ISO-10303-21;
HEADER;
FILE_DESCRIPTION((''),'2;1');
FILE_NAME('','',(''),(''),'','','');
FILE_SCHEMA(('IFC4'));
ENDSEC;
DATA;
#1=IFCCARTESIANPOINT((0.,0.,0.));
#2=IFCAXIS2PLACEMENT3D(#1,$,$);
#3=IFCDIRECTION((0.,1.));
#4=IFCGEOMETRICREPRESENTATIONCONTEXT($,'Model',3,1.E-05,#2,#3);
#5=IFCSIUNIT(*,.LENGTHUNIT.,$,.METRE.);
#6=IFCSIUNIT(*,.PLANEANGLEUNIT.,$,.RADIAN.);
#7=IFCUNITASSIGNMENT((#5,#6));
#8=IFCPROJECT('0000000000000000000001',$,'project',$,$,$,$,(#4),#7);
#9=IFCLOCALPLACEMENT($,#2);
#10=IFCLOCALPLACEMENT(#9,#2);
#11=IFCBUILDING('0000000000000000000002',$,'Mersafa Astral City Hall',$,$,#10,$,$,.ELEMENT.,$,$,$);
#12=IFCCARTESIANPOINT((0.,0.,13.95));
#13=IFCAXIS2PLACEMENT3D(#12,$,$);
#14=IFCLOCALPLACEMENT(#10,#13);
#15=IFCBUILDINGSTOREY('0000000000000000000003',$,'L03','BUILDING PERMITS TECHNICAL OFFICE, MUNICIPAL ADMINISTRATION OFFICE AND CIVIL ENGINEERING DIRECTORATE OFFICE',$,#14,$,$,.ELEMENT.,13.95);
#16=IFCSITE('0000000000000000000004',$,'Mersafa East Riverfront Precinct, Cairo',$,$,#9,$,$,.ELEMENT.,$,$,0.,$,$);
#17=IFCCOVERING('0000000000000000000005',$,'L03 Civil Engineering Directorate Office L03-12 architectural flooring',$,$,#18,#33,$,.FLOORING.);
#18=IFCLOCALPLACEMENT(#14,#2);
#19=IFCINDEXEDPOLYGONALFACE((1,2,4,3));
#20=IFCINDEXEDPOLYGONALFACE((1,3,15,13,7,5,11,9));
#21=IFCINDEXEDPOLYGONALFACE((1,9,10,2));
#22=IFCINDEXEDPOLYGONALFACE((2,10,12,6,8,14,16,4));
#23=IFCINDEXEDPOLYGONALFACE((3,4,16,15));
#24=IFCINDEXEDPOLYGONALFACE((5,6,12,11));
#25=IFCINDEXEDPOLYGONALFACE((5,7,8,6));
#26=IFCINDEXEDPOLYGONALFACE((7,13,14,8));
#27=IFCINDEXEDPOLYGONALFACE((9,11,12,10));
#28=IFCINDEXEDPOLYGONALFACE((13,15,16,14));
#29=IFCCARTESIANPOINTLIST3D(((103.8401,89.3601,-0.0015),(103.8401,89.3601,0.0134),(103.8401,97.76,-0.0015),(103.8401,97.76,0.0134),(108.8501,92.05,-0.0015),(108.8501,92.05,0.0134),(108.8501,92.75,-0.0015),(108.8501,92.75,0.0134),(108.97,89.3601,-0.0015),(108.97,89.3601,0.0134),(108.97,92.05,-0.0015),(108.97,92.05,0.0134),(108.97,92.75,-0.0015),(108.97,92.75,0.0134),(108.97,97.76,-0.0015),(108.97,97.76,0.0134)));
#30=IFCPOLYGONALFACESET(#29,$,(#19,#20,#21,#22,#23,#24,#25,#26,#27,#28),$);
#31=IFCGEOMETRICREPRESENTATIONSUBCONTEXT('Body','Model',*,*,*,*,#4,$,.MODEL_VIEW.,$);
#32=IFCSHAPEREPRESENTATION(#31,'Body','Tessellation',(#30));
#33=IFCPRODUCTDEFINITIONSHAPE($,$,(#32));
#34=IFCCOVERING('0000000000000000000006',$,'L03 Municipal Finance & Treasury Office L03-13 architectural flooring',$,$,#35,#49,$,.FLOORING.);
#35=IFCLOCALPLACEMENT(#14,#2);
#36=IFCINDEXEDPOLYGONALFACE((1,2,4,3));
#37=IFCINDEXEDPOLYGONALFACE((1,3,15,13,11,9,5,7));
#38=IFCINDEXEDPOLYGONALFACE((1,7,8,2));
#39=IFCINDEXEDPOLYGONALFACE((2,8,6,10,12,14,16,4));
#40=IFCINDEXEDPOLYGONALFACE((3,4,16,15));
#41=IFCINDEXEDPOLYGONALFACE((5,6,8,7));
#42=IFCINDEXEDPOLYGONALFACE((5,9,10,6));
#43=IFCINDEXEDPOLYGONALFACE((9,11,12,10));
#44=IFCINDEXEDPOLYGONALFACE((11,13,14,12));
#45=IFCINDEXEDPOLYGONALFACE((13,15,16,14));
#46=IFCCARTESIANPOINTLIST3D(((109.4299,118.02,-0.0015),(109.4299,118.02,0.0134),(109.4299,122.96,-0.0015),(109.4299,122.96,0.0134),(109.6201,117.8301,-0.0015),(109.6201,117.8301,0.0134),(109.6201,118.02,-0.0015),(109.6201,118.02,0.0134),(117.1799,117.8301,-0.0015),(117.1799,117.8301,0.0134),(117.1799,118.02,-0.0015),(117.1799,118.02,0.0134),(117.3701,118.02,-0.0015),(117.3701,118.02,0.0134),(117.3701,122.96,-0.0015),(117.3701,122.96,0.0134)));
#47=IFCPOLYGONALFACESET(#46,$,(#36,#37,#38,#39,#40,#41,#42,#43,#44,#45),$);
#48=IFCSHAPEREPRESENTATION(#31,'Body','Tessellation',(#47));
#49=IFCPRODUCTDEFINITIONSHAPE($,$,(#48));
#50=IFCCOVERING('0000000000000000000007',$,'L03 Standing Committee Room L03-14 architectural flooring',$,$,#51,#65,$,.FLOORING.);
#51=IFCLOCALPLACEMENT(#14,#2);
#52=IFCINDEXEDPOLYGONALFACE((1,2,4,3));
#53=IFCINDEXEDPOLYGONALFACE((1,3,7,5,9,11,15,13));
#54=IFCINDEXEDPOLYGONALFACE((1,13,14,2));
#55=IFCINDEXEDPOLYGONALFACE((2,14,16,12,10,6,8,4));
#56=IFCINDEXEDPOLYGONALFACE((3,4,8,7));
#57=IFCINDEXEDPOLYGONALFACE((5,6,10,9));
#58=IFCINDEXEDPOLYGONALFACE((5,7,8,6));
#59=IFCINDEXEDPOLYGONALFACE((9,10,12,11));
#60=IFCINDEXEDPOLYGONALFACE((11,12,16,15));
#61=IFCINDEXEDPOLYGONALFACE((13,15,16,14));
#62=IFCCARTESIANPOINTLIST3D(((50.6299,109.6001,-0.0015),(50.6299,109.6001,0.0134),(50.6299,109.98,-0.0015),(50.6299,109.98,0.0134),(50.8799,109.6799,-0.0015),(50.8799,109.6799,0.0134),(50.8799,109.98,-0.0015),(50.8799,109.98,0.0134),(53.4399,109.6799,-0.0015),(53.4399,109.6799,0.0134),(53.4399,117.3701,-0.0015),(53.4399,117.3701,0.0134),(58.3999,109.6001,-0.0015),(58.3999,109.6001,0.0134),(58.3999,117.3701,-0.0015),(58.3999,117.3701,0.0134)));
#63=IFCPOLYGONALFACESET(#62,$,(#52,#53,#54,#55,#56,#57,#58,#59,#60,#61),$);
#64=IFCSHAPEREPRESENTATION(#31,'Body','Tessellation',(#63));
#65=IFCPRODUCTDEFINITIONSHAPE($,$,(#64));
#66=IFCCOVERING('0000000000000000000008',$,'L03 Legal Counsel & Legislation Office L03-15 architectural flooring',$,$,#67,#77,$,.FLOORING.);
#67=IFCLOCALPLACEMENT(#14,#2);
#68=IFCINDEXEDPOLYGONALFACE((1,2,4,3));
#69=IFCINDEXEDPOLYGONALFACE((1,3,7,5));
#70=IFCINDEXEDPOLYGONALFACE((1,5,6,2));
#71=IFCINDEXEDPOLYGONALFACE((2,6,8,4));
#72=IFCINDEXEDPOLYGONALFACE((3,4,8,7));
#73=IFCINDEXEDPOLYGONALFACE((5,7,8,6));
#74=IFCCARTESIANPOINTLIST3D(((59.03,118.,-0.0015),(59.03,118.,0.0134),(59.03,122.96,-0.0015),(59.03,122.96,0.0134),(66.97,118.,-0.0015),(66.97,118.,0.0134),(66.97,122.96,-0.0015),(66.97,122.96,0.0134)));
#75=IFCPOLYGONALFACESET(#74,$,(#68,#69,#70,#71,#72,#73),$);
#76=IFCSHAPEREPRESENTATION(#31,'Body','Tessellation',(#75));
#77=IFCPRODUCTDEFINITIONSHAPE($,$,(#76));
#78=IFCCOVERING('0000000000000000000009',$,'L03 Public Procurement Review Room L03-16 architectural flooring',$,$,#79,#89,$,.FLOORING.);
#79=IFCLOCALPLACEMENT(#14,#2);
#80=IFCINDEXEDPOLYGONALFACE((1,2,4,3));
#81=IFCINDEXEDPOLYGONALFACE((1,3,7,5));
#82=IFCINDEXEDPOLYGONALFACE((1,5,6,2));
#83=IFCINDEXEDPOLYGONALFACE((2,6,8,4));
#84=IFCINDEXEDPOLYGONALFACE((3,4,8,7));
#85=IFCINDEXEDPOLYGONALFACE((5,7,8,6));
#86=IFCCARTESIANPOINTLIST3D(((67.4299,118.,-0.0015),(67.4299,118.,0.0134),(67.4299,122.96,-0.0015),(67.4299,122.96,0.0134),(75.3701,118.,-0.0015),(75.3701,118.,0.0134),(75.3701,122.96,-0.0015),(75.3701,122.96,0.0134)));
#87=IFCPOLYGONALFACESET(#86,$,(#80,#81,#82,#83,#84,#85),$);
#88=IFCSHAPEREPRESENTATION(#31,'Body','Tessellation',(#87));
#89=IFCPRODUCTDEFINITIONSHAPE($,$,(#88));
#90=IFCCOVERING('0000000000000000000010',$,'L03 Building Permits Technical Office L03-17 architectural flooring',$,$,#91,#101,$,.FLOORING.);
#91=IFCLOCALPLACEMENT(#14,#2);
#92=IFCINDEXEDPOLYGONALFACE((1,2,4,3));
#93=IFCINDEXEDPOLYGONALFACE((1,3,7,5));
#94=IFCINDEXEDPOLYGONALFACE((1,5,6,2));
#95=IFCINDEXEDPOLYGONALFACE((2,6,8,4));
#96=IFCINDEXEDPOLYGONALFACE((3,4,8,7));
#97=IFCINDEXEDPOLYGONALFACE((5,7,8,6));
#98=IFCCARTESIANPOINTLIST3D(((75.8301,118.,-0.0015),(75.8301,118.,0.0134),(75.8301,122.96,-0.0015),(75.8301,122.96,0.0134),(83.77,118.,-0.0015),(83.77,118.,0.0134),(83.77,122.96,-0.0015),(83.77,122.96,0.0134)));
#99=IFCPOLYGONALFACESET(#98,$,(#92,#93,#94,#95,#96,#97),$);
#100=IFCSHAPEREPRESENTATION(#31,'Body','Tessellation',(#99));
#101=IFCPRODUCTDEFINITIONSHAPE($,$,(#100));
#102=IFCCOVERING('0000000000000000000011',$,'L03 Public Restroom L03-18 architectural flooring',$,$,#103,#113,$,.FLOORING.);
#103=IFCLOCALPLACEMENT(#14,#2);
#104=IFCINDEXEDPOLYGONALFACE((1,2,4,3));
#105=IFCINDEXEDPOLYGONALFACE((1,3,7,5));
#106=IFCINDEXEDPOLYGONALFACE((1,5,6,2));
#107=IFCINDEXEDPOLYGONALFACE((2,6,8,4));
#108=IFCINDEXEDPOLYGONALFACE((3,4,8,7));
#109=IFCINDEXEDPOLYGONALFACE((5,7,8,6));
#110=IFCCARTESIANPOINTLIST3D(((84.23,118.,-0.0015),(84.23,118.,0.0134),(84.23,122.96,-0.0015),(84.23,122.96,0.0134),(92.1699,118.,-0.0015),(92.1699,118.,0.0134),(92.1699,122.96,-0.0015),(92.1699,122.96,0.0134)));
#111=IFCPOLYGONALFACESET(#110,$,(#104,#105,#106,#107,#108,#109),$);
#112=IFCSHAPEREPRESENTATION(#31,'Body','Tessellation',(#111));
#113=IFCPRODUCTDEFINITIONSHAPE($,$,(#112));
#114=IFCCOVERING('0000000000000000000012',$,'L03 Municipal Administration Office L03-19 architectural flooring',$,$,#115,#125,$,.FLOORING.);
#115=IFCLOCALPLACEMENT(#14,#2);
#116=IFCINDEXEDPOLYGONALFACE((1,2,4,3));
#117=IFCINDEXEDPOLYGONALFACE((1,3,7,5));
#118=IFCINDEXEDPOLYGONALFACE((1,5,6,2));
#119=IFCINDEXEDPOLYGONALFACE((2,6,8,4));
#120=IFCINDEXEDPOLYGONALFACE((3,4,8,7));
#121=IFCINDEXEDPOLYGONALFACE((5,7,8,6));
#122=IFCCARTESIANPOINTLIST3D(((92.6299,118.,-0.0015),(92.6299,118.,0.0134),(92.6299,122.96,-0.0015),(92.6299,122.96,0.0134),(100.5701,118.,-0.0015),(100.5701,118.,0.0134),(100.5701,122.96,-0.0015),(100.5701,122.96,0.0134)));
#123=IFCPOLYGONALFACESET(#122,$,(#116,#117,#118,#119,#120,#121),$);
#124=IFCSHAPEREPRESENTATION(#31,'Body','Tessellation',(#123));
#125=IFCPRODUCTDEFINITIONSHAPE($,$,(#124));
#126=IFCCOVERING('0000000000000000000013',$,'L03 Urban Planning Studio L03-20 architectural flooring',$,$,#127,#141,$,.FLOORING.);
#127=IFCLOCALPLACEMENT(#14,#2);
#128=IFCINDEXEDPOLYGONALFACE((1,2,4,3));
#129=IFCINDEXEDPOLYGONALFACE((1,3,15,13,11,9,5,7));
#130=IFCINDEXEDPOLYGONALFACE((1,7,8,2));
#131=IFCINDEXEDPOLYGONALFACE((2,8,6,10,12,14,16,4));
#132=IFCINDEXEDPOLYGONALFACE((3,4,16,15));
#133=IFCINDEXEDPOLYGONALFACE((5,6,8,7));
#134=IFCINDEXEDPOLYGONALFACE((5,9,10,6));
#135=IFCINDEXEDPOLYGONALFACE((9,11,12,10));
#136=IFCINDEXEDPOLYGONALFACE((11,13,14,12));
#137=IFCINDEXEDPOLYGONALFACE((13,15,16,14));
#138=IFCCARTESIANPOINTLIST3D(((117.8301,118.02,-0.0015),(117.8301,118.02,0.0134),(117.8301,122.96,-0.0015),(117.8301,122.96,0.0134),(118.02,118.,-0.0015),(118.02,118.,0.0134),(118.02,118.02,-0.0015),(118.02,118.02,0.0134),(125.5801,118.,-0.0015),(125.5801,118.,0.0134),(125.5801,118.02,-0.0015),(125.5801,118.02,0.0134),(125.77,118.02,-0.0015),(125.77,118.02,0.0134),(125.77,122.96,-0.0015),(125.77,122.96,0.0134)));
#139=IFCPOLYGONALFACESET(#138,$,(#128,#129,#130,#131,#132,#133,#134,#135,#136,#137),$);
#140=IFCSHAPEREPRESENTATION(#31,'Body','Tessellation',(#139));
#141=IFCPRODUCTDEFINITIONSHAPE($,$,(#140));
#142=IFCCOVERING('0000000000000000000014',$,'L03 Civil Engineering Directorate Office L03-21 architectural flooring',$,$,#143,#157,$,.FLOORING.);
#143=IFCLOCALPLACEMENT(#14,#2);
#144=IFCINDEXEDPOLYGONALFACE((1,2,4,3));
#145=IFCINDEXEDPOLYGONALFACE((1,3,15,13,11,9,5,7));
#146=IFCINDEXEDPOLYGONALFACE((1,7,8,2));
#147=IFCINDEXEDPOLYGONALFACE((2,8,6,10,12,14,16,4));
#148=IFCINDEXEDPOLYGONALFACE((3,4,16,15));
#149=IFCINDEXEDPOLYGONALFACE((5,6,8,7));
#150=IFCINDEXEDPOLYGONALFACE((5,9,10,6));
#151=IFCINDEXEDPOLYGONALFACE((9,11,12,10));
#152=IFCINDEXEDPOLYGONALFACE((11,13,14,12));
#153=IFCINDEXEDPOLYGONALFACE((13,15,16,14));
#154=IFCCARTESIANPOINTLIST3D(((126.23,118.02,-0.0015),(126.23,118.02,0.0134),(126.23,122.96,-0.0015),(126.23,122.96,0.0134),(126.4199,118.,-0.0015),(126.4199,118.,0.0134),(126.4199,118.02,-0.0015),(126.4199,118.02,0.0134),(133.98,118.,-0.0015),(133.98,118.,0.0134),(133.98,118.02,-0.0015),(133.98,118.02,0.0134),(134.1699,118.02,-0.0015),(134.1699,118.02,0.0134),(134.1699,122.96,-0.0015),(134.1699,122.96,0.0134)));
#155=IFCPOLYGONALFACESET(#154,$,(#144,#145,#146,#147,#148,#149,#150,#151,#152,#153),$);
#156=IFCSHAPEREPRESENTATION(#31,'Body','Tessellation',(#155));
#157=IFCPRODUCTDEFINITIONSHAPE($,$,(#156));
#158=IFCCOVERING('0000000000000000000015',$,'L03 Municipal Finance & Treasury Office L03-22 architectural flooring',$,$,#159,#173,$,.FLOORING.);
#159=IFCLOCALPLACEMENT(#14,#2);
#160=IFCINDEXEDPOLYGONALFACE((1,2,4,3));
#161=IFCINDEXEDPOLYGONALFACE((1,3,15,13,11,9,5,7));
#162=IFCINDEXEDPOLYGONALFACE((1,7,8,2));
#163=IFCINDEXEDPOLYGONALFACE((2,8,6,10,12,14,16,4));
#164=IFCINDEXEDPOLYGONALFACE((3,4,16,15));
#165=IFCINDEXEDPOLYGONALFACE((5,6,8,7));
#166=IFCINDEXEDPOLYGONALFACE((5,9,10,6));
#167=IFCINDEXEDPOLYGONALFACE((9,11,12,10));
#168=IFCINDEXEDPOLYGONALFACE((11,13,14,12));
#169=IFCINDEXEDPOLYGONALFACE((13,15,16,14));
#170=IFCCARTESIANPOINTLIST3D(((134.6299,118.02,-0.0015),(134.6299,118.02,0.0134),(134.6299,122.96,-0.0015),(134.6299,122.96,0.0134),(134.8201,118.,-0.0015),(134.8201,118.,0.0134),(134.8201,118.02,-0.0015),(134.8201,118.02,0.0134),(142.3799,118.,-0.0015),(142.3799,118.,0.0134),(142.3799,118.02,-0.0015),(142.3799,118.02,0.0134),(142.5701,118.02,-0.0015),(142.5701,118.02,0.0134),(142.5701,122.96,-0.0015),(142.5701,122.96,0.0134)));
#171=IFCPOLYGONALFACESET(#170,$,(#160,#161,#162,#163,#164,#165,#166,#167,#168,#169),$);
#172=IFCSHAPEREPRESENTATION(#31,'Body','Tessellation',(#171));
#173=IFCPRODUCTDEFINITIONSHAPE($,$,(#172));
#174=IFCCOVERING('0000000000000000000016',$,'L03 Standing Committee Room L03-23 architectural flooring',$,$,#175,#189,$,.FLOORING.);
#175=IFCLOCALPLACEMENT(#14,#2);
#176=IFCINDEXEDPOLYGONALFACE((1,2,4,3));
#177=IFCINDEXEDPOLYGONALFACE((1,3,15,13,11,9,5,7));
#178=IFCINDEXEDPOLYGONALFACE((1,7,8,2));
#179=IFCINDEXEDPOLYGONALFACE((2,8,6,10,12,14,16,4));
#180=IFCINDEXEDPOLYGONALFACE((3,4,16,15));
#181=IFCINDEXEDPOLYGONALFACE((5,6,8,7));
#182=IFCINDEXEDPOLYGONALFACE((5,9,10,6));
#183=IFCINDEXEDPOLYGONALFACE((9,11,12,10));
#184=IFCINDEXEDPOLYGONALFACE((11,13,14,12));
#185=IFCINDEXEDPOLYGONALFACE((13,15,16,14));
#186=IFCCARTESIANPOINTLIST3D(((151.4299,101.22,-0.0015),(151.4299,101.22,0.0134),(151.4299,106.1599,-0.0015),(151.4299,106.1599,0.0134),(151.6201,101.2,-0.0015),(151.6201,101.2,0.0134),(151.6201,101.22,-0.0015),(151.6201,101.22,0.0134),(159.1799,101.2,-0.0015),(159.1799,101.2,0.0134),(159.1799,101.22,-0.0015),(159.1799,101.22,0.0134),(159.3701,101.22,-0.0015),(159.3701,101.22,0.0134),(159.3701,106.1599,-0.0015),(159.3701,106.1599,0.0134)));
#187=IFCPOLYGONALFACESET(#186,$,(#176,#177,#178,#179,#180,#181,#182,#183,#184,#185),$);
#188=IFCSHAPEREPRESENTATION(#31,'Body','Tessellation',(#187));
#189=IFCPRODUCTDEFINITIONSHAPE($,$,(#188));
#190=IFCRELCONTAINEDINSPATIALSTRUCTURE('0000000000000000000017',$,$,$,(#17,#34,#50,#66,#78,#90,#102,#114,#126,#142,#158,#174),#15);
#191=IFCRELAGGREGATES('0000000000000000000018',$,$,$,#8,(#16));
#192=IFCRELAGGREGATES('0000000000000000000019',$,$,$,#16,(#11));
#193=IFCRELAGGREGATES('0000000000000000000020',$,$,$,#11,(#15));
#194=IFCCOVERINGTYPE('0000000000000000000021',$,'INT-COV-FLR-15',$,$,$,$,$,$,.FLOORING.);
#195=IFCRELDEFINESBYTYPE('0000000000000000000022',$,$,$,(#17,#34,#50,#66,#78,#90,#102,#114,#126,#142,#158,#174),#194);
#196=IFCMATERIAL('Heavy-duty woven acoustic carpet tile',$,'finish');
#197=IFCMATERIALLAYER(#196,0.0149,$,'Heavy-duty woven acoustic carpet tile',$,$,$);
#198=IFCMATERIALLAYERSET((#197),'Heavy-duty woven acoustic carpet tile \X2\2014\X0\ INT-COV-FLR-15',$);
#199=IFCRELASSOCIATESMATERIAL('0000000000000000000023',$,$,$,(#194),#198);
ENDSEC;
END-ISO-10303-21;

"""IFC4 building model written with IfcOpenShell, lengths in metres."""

from ifc_helpers import new_model, si_unit, direction, frame, origin, place, context, subcontext, project, spatial, polyline, outline, extrude, material, layer, layer_set, type_object, element, save


model = new_model("IFC4")

# Units and contexts
model_context = context("Model", 3, precision=1e-05, world=origin(), true_north=direction((0.0, 1.0)))
body_context = subcontext(model_context, "Body", "Model", "MODEL_VIEW")
ifc_project = project(units=[si_unit("LENGTHUNIT", "METRE"), si_unit("PLANEANGLEUNIT", "RADIAN")], contexts=[model_context])

# Site, building, storey
site_placement = place(None, origin())
site = spatial("IfcSite", under=ifc_project, at=site_placement, Name="Mersafa East Riverfront Precinct, Cairo", CompositionType="ELEMENT", RefElevation=0.0)
building_placement = place(site_placement, origin())
building = spatial("IfcBuilding", under=site, at=building_placement, Name="Mersafa Astral City Hall", CompositionType="ELEMENT")
storey_placement = place(building_placement, frame((0.0, 0.0, 13.95)))
storey = spatial("IfcBuildingStorey", under=building, at=storey_placement, Name="L03", Description="BUILDING PERMITS TECHNICAL OFFICE, MUNICIPAL ADMINISTRATION OFFICE AND CIVIL ENGINEERING DIRECTORATE OFFICE", CompositionType="ELEMENT", Elevation=13.95)

# Coverings
ifc_material = material(Name="Heavy-duty woven acoustic carpet tile", Category="finish")
ifc_layer = layer(ifc_material, 0.0149, Name="Heavy-duty woven acoustic carpet tile")
ifc_layer_set = layer_set([ifc_layer], Name="Heavy-duty woven acoustic carpet tile — INT-COV-FLR-15")
covering_type = type_object("IfcCoveringType", Name="INT-COV-FLR-15", PredefinedType="FLOORING", material=ifc_layer_set)
covering_1_placement = place(storey_placement, frame((0.0, 0.0, -0.0015)))
element("IfcCovering", 1, at=covering_1_placement, inside=storey, type_object=covering_type, Name="L03 Civil Engineering Directorate Office L03-12 architectural flooring", PredefinedType="FLOORING", context=body_context, shape_type="SweptSolid", body=[
    extrude(outline(polyline([(108.97, 97.76), (108.97, 92.75), (108.8501, 92.75), (108.8501, 92.05), (108.97, 92.05), (108.97, 89.3601), (103.8401, 89.3601), (103.8401, 97.76), (108.97, 97.76)])), origin(), (0.0, 0.0, 1.0), 0.0149),
])
covering_2_placement = place(storey_placement, frame((0.0, 0.0, -0.0015)))
element("IfcCovering", 2, at=covering_2_placement, inside=storey, type_object=covering_type, Name="L03 Municipal Finance & Treasury Office L03-13 architectural flooring", PredefinedType="FLOORING", context=body_context, shape_type="SweptSolid", body=[
    extrude(outline(polyline([(109.6201, 118.02), (109.4299, 118.02), (109.4299, 122.96), (117.3701, 122.96), (117.3701, 118.02), (117.1799, 118.02), (117.1799, 117.8301), (109.6201, 117.8301), (109.6201, 118.02)])), origin(), (0.0, 0.0, 1.0), 0.0149),
])
covering_3_placement = place(storey_placement, frame((0.0, 0.0, -0.0015)))
element("IfcCovering", 3, at=covering_3_placement, inside=storey, type_object=covering_type, Name="L03 Standing Committee Room L03-14 architectural flooring", PredefinedType="FLOORING", context=body_context, shape_type="SweptSolid", body=[
    extrude(outline(polyline([(50.6299, 109.98), (50.8799, 109.98), (50.8799, 109.6799), (53.4399, 109.6799), (53.4399, 117.3701), (58.3999, 117.3701), (58.3999, 109.6001), (50.6299, 109.6001), (50.6299, 109.98)])), origin(), (0.0, 0.0, 1.0), 0.0149),
])
covering_4_placement = place(storey_placement, frame((0.0, 0.0, -0.0015)))
element("IfcCovering", 4, at=covering_4_placement, inside=storey, type_object=covering_type, Name="L03 Legal Counsel & Legislation Office L03-15 architectural flooring", PredefinedType="FLOORING", context=body_context, shape_type="SweptSolid", body=[
    extrude(outline(polyline([(66.97, 122.96), (66.97, 118.0), (59.03, 118.0), (59.03, 122.96), (66.97, 122.96)])), origin(), (0.0, 0.0, 1.0), 0.0149),
])
covering_5_placement = place(storey_placement, frame((0.0, 0.0, -0.0015)))
element("IfcCovering", 5, at=covering_5_placement, inside=storey, type_object=covering_type, Name="L03 Public Procurement Review Room L03-16 architectural flooring", PredefinedType="FLOORING", context=body_context, shape_type="SweptSolid", body=[
    extrude(outline(polyline([(75.3701, 122.96), (75.3701, 118.0), (67.4299, 118.0), (67.4299, 122.96), (75.3701, 122.96)])), origin(), (0.0, 0.0, 1.0), 0.0149),
])
covering_6_placement = place(storey_placement, frame((0.0, 0.0, -0.0015)))
element("IfcCovering", 6, at=covering_6_placement, inside=storey, type_object=covering_type, Name="L03 Building Permits Technical Office L03-17 architectural flooring", PredefinedType="FLOORING", context=body_context, shape_type="SweptSolid", body=[
    extrude(outline(polyline([(83.77, 122.96), (83.77, 118.0), (75.8301, 118.0), (75.8301, 122.96), (83.77, 122.96)])), origin(), (0.0, 0.0, 1.0), 0.0149),
])
covering_7_placement = place(storey_placement, frame((0.0, 0.0, -0.0015)))
element("IfcCovering", 7, at=covering_7_placement, inside=storey, type_object=covering_type, Name="L03 Public Restroom L03-18 architectural flooring", PredefinedType="FLOORING", context=body_context, shape_type="SweptSolid", body=[
    extrude(outline(polyline([(92.1699, 122.96), (92.1699, 118.0), (84.23, 118.0), (84.23, 122.96), (92.1699, 122.96)])), origin(), (0.0, 0.0, 1.0), 0.0149),
])
covering_8_placement = place(storey_placement, frame((0.0, 0.0, -0.0015)))
element("IfcCovering", 8, at=covering_8_placement, inside=storey, type_object=covering_type, Name="L03 Municipal Administration Office L03-19 architectural flooring", PredefinedType="FLOORING", context=body_context, shape_type="SweptSolid", body=[
    extrude(outline(polyline([(100.5701, 122.96), (100.5701, 118.0), (92.6299, 118.0), (92.6299, 122.96), (100.5701, 122.96)])), origin(), (0.0, 0.0, 1.0), 0.0149),
])
covering_9_placement = place(storey_placement, frame((0.0, 0.0, -0.0015)))
element("IfcCovering", 9, at=covering_9_placement, inside=storey, type_object=covering_type, Name="L03 Urban Planning Studio L03-20 architectural flooring", PredefinedType="FLOORING", context=body_context, shape_type="SweptSolid", body=[
    extrude(outline(polyline([(125.77, 122.96), (125.77, 118.02), (125.5801, 118.02), (125.5801, 118.0), (118.02, 118.0), (118.02, 118.02), (117.8301, 118.02), (117.8301, 122.96), (125.77, 122.96)])), origin(), (0.0, 0.0, 1.0), 0.0149),
])
covering_10_placement = place(storey_placement, frame((0.0, 0.0, -0.0015)))
element("IfcCovering", 10, at=covering_10_placement, inside=storey, type_object=covering_type, Name="L03 Civil Engineering Directorate Office L03-21 architectural flooring", PredefinedType="FLOORING", context=body_context, shape_type="SweptSolid", body=[
    extrude(outline(polyline([(134.1699, 122.96), (134.1699, 118.02), (133.98, 118.02), (133.98, 118.0), (126.4199, 118.0), (126.4199, 118.02), (126.23, 118.02), (126.23, 122.96), (134.1699, 122.96)])), origin(), (0.0, 0.0, 1.0), 0.0149),
])
covering_11_placement = place(storey_placement, frame((0.0, 0.0, -0.0015)))
element("IfcCovering", 11, at=covering_11_placement, inside=storey, type_object=covering_type, Name="L03 Municipal Finance & Treasury Office L03-22 architectural flooring", PredefinedType="FLOORING", context=body_context, shape_type="SweptSolid", body=[
    extrude(outline(polyline([(142.5701, 122.96), (142.5701, 118.02), (142.3799, 118.02), (142.3799, 118.0), (134.8201, 118.0), (134.8201, 118.02), (134.6299, 118.02), (134.6299, 122.96), (142.5701, 122.96)])), origin(), (0.0, 0.0, 1.0), 0.0149),
])
covering_12_placement = place(storey_placement, frame((0.0, 0.0, -0.0015)))
element("IfcCovering", 12, at=covering_12_placement, inside=storey, type_object=covering_type, Name="L03 Standing Committee Room L03-23 architectural flooring", PredefinedType="FLOORING", context=body_context, shape_type="SweptSolid", body=[
    extrude(outline(polyline([(159.3701, 106.1599), (159.3701, 101.22), (159.1799, 101.22), (159.1799, 101.2), (151.6201, 101.2), (151.6201, 101.22), (151.4299, 101.22), (151.4299, 106.1599), (159.3701, 106.1599)])), origin(), (0.0, 0.0, 1.0), 0.0149),
])

save(model, "model.ifc")
